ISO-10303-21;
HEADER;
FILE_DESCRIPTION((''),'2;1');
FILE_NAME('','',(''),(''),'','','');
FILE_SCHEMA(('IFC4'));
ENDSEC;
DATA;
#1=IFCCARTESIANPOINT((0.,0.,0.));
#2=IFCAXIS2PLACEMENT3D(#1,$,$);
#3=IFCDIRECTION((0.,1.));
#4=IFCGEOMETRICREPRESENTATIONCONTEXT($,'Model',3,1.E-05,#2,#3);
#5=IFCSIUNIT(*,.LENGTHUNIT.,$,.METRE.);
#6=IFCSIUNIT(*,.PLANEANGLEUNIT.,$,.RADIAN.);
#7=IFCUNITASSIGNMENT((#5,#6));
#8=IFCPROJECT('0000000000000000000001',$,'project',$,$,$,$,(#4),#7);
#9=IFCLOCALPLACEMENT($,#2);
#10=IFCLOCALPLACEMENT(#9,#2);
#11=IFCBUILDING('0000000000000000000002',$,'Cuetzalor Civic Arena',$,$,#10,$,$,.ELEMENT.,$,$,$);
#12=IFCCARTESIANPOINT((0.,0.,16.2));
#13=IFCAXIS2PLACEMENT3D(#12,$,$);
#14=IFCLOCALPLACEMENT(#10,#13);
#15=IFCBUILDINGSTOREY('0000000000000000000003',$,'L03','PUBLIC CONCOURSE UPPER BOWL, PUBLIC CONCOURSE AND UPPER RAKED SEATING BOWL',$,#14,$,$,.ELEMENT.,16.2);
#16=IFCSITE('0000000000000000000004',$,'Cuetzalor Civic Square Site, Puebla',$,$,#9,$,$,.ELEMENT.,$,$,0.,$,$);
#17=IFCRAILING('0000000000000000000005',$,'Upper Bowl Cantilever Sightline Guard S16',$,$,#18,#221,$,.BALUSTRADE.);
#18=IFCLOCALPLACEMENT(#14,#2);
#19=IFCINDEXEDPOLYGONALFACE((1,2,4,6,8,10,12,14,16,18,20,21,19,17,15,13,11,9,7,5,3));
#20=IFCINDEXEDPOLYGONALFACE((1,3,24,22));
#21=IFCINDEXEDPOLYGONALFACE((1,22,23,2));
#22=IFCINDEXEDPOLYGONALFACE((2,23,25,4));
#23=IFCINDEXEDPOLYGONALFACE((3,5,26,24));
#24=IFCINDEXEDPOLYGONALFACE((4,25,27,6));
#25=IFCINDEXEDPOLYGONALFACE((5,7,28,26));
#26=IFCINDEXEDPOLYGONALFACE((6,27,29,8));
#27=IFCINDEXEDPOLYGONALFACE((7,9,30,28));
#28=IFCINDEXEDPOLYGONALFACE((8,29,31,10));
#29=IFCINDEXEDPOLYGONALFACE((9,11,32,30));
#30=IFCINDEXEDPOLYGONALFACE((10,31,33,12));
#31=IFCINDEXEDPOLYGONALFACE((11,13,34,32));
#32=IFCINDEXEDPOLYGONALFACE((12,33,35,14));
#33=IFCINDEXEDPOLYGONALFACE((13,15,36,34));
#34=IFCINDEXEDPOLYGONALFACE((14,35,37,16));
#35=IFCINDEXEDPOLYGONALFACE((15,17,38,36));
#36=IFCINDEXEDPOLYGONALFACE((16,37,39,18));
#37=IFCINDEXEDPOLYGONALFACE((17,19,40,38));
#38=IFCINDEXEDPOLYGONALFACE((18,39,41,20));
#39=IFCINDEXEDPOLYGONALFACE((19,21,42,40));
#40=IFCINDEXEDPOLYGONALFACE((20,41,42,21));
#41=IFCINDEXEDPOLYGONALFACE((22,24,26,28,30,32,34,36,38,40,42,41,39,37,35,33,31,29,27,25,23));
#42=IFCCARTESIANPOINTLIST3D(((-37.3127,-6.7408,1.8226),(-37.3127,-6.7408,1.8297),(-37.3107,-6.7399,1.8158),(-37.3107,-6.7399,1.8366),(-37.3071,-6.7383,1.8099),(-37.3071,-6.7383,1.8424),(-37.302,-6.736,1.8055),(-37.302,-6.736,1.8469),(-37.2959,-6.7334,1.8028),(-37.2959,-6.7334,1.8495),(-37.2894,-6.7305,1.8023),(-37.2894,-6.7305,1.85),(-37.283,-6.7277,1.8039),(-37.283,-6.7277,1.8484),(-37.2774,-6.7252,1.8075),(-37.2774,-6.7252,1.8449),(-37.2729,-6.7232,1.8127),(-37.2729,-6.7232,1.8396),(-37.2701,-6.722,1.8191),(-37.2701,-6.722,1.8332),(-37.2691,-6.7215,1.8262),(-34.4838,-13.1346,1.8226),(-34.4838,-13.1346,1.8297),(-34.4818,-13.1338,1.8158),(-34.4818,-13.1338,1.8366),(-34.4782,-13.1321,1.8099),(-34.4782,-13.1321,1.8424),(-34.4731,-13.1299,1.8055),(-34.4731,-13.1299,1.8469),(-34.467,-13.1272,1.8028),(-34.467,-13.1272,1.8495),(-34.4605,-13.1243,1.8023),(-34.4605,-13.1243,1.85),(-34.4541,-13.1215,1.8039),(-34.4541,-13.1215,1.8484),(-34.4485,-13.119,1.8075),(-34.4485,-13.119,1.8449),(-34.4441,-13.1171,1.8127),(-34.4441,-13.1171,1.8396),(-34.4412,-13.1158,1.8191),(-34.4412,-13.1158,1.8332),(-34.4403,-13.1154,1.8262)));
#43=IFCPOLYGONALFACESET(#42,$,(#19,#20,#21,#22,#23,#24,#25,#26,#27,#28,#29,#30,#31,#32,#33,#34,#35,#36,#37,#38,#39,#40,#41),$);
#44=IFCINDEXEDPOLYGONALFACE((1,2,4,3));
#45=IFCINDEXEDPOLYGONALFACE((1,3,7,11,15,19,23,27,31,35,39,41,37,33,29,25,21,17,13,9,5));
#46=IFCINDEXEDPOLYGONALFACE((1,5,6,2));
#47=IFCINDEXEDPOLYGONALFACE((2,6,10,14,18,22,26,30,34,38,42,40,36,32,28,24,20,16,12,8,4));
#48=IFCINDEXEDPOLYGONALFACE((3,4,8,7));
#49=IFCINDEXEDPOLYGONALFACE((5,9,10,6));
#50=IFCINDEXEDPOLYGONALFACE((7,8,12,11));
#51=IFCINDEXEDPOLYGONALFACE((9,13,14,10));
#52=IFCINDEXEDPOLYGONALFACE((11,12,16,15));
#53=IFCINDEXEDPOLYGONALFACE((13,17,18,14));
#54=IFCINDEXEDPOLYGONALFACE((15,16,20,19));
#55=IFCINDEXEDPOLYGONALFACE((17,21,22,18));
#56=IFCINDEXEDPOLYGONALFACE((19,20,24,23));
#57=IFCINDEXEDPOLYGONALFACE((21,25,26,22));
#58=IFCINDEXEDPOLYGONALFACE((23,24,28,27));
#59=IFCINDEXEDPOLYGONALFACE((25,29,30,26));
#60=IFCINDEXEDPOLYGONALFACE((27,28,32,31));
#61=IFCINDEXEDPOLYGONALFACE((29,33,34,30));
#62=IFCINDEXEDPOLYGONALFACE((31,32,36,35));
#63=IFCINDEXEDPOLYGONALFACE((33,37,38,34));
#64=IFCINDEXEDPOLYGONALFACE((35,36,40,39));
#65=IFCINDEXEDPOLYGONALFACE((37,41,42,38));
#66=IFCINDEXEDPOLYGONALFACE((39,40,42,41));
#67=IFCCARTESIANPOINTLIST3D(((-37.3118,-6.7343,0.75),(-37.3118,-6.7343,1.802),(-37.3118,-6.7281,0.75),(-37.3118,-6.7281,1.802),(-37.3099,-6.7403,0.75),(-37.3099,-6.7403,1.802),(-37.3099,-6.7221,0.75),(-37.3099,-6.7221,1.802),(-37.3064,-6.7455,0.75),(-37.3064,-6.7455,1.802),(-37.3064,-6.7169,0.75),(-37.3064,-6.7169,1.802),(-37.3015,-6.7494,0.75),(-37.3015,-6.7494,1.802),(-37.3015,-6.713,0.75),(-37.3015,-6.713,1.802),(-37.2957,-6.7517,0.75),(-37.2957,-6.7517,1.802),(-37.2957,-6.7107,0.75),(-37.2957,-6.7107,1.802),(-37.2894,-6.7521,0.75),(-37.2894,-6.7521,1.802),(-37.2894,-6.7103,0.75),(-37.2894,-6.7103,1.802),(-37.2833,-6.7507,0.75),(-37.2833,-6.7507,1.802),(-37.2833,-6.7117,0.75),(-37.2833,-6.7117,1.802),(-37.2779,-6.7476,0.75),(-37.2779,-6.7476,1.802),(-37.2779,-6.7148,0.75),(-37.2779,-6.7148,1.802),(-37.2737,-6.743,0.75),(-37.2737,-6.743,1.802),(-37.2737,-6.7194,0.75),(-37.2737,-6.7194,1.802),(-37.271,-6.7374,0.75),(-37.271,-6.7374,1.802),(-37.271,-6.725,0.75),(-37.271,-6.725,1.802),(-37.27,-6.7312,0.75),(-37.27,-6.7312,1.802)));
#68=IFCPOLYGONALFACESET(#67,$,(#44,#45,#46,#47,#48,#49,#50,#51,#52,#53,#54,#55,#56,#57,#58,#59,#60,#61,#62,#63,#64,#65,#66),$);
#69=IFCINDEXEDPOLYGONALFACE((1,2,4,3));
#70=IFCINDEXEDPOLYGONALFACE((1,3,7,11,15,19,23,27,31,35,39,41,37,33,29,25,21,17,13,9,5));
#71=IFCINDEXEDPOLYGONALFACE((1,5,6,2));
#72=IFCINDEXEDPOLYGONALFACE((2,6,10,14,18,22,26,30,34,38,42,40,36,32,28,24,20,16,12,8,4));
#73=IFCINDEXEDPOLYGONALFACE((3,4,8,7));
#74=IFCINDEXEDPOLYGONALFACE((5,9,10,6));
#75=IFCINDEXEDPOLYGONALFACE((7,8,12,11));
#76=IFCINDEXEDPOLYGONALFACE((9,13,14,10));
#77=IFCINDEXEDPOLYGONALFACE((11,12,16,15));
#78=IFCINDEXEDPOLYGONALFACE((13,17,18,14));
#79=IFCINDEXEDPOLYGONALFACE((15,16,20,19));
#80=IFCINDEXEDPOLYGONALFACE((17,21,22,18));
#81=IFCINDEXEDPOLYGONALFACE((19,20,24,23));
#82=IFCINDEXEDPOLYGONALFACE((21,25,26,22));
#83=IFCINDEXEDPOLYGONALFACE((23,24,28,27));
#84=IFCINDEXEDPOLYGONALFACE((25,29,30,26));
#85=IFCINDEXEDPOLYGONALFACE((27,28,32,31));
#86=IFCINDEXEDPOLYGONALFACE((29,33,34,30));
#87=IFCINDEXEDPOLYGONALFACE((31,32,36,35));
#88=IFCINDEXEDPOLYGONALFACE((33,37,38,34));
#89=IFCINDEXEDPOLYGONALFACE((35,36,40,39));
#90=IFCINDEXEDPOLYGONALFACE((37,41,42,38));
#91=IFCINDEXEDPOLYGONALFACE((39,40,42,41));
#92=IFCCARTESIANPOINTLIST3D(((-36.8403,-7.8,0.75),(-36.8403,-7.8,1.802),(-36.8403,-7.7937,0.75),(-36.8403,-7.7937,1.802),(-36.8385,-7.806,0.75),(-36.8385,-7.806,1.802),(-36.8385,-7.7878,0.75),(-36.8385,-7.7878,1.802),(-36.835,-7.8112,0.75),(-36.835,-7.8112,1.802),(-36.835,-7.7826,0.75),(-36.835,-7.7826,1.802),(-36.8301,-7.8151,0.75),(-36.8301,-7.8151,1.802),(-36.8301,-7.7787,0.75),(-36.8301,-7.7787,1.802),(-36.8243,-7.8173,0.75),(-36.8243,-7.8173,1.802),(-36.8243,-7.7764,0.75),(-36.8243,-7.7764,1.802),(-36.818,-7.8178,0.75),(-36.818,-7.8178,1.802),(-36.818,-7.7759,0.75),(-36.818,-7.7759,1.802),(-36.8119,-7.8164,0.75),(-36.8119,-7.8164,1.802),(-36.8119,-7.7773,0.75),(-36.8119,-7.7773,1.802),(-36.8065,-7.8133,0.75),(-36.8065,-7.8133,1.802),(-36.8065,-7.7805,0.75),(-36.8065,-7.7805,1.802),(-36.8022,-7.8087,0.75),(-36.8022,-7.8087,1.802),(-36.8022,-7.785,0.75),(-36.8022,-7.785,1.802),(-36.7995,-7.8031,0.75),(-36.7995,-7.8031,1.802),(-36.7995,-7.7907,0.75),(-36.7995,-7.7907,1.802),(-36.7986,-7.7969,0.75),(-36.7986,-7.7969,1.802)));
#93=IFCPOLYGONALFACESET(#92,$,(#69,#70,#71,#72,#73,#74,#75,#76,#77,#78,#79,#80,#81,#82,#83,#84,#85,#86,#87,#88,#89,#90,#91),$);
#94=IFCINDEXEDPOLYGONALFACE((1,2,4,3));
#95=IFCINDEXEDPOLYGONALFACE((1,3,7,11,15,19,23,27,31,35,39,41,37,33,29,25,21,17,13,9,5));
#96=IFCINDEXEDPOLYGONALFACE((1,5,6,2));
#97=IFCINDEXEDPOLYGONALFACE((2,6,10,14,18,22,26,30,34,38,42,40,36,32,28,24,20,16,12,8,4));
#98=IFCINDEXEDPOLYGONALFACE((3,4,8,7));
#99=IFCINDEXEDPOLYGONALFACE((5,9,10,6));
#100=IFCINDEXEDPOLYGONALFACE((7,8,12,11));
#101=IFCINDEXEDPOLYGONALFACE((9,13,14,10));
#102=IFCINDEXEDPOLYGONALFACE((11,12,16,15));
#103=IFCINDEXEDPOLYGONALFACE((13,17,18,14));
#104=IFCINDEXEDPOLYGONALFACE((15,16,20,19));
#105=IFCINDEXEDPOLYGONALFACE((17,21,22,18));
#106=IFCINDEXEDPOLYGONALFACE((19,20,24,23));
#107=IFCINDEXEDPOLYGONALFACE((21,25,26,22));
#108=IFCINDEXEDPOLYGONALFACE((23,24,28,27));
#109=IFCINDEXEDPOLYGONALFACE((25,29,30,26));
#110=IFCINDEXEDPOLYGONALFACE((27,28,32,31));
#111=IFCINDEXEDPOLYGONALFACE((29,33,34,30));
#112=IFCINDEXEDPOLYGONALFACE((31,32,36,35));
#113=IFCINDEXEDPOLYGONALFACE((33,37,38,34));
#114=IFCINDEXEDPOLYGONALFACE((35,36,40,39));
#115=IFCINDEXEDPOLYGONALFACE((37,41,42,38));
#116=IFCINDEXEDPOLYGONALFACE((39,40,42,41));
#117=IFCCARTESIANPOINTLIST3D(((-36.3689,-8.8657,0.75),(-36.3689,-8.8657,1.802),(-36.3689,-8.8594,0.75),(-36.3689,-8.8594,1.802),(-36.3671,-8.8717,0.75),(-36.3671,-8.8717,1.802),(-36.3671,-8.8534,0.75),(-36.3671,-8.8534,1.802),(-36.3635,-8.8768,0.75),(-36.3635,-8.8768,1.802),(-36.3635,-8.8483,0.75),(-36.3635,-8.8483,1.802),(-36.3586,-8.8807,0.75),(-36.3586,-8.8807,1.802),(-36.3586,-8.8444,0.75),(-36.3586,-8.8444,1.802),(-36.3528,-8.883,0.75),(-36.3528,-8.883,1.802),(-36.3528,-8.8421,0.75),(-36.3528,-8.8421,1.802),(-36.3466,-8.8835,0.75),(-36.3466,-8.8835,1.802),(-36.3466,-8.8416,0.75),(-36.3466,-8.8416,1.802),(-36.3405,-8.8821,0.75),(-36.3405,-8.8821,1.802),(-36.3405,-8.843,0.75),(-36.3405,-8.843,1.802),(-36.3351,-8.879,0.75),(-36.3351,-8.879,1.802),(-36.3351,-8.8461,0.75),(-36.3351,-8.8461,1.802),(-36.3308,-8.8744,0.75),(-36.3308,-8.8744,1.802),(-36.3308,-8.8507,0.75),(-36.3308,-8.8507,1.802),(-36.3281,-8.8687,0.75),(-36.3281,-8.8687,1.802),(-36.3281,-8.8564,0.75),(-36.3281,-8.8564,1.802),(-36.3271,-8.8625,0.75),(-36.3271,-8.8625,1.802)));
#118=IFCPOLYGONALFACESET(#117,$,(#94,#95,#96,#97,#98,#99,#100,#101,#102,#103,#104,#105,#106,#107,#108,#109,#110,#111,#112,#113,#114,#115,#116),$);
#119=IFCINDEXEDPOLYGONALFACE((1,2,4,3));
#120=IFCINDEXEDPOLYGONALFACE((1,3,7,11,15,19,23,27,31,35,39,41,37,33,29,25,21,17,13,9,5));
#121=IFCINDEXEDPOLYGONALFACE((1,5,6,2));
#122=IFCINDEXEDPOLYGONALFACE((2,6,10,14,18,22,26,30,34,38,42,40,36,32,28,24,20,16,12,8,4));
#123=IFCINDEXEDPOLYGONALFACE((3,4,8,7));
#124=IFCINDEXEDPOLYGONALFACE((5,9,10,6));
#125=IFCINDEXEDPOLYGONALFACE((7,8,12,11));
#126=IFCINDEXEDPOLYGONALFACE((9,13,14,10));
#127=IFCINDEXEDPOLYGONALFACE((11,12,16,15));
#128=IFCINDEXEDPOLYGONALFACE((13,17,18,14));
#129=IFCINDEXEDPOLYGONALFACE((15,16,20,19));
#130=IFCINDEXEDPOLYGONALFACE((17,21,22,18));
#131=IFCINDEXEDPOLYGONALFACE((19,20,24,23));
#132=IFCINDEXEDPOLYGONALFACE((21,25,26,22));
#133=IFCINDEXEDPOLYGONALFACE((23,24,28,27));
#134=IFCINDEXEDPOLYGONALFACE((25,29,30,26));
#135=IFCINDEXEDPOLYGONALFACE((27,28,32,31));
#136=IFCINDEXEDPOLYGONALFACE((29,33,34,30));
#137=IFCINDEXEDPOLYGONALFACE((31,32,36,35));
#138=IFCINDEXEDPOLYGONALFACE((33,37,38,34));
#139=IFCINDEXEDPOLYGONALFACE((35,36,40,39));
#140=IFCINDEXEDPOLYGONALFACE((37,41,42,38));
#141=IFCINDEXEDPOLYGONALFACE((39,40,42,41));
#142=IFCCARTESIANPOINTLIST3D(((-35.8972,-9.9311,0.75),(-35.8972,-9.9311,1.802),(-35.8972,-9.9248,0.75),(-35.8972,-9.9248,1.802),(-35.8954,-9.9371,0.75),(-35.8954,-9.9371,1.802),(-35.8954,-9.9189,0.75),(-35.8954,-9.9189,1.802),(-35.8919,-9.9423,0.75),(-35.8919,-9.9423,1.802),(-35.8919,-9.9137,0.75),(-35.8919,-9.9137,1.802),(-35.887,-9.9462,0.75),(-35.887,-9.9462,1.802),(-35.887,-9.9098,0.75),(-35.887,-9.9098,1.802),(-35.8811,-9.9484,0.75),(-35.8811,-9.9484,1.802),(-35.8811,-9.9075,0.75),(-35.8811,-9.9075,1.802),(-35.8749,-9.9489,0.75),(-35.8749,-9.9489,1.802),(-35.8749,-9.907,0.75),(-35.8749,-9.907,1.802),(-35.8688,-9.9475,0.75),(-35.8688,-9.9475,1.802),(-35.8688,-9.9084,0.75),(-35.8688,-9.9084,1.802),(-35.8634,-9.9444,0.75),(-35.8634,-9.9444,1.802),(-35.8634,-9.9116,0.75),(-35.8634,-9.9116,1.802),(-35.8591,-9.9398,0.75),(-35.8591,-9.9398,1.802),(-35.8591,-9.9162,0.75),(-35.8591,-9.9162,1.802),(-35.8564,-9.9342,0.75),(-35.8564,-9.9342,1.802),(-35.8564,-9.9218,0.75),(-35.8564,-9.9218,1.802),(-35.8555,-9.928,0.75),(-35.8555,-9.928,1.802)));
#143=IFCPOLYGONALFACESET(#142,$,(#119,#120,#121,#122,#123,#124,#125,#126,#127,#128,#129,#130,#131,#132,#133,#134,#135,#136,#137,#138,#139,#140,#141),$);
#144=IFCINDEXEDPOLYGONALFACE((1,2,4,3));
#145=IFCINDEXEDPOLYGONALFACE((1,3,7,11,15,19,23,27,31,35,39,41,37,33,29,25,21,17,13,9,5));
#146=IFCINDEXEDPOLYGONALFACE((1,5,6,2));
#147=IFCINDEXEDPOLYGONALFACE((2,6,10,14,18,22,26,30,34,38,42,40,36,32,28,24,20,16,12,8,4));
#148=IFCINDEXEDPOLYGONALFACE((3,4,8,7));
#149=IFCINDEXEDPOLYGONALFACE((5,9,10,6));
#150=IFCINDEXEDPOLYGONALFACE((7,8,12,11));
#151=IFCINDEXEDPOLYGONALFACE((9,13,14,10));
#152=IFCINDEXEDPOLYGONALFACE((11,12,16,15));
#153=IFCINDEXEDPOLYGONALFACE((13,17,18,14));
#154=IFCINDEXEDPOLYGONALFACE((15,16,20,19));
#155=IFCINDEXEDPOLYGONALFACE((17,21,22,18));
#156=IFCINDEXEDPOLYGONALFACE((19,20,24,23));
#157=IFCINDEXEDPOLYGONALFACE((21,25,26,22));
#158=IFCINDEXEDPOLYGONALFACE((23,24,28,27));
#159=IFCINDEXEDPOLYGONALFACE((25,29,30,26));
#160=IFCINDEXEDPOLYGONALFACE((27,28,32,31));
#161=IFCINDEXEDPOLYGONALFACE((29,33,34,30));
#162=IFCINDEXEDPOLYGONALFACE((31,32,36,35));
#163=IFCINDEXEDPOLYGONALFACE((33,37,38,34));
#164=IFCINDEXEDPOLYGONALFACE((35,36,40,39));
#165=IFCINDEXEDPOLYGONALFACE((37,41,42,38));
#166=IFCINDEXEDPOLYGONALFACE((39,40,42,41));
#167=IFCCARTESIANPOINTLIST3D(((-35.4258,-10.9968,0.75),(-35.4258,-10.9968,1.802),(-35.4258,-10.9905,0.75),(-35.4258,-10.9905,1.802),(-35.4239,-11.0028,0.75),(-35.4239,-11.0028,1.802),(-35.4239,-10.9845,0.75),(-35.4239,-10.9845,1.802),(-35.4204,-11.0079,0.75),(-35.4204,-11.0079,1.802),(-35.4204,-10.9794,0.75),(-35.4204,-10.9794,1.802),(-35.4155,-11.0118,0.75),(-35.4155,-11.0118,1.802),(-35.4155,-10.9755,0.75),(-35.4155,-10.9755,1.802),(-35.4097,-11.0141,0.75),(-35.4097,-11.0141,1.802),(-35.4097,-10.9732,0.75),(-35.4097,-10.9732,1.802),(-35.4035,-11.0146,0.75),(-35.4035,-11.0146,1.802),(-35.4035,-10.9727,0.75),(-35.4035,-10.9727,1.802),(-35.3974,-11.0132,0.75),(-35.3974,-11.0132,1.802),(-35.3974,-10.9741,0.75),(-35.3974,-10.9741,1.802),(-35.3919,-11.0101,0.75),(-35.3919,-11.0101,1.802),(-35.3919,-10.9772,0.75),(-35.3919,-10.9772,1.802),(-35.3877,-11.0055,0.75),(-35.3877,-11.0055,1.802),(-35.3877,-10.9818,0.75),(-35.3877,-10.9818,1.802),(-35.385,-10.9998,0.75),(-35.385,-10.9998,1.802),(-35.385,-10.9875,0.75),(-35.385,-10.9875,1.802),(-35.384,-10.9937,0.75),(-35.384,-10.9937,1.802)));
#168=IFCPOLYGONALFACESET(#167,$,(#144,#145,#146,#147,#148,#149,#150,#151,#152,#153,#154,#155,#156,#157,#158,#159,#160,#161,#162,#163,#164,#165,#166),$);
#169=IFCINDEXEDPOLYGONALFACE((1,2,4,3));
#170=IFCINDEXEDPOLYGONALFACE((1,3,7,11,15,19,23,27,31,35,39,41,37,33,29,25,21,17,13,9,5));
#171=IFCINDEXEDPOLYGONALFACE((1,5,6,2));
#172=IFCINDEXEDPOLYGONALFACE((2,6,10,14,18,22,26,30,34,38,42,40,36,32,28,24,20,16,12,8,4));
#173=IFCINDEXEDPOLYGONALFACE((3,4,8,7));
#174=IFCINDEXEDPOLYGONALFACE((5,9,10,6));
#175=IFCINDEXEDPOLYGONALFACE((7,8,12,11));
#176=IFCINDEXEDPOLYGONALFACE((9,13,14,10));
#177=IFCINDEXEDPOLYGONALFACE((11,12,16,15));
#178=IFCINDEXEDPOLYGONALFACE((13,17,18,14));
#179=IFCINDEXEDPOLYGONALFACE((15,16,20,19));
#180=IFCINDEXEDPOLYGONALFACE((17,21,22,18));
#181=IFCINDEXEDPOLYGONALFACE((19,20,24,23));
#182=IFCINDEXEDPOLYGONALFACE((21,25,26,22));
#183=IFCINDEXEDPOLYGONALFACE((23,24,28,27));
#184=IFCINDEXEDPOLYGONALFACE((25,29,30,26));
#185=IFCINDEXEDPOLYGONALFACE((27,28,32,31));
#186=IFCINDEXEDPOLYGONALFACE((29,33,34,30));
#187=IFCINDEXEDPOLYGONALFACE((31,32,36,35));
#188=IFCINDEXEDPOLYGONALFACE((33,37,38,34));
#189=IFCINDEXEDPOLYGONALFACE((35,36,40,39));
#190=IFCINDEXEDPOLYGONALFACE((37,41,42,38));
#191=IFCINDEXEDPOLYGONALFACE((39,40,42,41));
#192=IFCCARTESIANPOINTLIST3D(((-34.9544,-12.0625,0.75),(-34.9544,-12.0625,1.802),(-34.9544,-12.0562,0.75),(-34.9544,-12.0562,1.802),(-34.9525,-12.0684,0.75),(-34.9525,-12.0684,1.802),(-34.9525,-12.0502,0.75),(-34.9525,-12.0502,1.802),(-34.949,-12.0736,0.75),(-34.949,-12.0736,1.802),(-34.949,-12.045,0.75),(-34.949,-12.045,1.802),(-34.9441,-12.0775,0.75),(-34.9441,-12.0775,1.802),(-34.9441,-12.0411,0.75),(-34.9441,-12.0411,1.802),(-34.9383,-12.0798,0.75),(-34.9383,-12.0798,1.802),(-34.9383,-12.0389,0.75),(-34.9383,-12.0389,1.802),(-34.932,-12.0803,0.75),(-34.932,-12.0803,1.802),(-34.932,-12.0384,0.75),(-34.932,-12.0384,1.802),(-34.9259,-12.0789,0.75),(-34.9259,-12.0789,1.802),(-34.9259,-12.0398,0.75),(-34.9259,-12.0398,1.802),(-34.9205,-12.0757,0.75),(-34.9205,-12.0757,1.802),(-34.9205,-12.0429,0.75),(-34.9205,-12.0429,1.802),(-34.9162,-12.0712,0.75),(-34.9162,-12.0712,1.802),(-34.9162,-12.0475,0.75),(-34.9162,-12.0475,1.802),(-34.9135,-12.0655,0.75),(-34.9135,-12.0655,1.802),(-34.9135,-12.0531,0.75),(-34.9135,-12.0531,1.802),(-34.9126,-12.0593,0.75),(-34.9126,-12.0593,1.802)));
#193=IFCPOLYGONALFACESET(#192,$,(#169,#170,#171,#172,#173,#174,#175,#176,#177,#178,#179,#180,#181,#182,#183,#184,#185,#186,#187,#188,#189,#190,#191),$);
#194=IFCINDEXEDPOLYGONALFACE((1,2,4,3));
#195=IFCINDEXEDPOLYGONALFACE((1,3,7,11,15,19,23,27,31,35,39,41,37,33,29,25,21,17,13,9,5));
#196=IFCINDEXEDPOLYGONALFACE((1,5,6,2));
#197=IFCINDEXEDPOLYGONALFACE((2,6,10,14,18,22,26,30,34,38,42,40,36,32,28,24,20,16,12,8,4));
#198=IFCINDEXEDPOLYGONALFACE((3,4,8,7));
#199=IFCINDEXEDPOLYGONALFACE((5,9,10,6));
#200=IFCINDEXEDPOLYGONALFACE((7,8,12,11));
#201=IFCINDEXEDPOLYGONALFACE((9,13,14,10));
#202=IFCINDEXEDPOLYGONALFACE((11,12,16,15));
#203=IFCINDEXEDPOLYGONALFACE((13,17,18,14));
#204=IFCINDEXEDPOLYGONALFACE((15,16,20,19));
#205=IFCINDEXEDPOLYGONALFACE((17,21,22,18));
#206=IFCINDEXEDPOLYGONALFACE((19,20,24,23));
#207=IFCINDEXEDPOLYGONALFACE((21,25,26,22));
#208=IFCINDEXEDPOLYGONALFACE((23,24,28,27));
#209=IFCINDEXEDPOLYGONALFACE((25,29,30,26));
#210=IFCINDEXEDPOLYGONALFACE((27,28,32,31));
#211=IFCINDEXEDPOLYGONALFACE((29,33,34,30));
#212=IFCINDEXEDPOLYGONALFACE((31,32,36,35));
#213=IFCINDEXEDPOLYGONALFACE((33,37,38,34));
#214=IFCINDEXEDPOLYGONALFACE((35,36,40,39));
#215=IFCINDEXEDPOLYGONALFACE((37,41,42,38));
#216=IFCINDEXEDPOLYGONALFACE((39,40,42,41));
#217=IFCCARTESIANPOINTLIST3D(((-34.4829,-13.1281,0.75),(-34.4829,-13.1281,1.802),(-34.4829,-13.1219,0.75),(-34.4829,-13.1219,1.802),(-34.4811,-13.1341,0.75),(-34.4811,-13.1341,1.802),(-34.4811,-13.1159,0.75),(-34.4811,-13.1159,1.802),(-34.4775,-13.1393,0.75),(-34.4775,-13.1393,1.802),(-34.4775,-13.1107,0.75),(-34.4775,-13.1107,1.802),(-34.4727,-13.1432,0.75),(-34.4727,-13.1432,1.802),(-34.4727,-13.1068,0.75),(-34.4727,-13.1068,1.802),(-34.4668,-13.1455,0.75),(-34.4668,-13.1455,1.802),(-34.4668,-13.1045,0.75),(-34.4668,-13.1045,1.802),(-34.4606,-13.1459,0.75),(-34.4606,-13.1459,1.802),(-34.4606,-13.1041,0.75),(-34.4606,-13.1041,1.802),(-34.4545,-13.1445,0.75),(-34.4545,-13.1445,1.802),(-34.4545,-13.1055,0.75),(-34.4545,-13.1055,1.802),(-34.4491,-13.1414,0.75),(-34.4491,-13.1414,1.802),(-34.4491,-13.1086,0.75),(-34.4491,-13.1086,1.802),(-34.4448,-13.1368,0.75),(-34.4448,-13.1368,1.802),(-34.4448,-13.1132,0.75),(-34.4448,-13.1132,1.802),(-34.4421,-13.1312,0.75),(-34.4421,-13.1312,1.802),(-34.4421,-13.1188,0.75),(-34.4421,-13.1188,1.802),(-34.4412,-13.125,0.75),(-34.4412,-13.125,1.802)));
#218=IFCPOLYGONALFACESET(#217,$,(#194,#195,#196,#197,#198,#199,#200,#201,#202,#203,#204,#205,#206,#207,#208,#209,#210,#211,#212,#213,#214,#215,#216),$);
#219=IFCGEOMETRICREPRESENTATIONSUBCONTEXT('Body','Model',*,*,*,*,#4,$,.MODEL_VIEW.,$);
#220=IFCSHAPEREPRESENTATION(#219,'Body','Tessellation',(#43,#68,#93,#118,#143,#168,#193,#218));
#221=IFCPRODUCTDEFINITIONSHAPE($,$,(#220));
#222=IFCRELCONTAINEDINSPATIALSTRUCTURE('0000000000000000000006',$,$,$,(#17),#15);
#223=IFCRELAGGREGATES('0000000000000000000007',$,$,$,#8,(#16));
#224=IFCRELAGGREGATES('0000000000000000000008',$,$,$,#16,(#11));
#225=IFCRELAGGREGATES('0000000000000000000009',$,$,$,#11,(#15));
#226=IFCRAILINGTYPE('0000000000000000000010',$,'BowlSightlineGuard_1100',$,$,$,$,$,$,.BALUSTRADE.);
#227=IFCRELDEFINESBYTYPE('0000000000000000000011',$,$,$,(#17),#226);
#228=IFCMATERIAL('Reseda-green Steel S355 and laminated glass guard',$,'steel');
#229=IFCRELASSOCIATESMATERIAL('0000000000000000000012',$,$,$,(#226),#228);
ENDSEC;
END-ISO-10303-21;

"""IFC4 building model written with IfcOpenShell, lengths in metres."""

from ifc_helpers import new_model, si_unit, direction, frame, origin, origin_2d, place, context, subcontext, project, spatial, circle, extrude, material, type_object, element, save


model = new_model("IFC4")

# Units and contexts
model_context = context("Model", 3, precision=1e-05, world=origin(), true_north=direction((0.0, 1.0)))
body_context = subcontext(model_context, "Body", "Model", "MODEL_VIEW")
ifc_project = project(units=[si_unit("LENGTHUNIT", "METRE"), si_unit("PLANEANGLEUNIT", "RADIAN")], contexts=[model_context])

# Site, building, storey
site_placement = place(None, origin())
site = spatial("IfcSite", under=ifc_project, at=site_placement, Name="Cuetzalor Civic Square Site, Puebla", CompositionType="ELEMENT", RefElevation=0.0)
building_placement = place(site_placement, origin())
building = spatial("IfcBuilding", under=site, at=building_placement, Name="Cuetzalor Civic Arena", CompositionType="ELEMENT")
storey_placement = place(building_placement, frame((0.0, 0.0, 16.2)))
storey = spatial("IfcBuildingStorey", under=building, at=storey_placement, Name="L03", Description="PUBLIC CONCOURSE UPPER BOWL, PUBLIC CONCOURSE AND UPPER RAKED SEATING BOWL", CompositionType="ELEMENT", Elevation=16.2)

# Railing
ifc_material_1 = material(Name="Reseda-green Steel S355 and laminated glass guard", Category="steel")
railing_type = type_object("IfcRailingType", Name="BowlSightlineGuard_1100", PredefinedType="BALUSTRADE", material=ifc_material_1)
railing_1_placement = place(storey_placement, frame((-37.291, -6.7312, 0.75)))
element("IfcRailing", 1, at=railing_1_placement, inside=storey, type_object=railing_type, Name="Upper Bowl Cantilever Sightline Guard S16", PredefinedType="BALUSTRADE", context=body_context, shape_type="SweptSolid", body=[
    extrude(circle(Radius=0.0239, at=origin_2d()), frame((0.0, 0.0, 1.0762), z_axis=(0.404605, -0.914491, 0.0), x_axis=(0.914491, 0.404605, 0.0)), (0.0, 0.0, 1.0), 6.9917),
    extrude(circle(Radius=0.021, at=origin_2d()), origin(), (0.0, 0.0, 1.0), 1.052),
    extrude(circle(Radius=0.021, at=origin_2d()), frame((0.4714, -1.0657, 0.0)), (0.0, 0.0, 1.0), 1.052),
    extrude(circle(Radius=0.021, at=origin_2d()), frame((0.9429, -2.1313, 0.0)), (0.0, 0.0, 1.0), 1.052),
    extrude(circle(Radius=0.021, at=origin_2d()), frame((1.4146, -3.1968, 0.0)), (0.0, 0.0, 1.0), 1.052),
    extrude(circle(Radius=0.021, at=origin_2d()), frame((1.886, -4.2625, 0.0)), (0.0, 0.0, 1.0), 1.052),
    extrude(circle(Radius=0.021, at=origin_2d()), frame((2.3574, -5.3281, 0.0)), (0.0, 0.0, 1.0), 1.052),
    extrude(circle(Radius=0.021, at=origin_2d()), frame((2.8289, -6.3938, 0.0)), (0.0, 0.0, 1.0), 1.052),
])

save(model, "model.ifc")
